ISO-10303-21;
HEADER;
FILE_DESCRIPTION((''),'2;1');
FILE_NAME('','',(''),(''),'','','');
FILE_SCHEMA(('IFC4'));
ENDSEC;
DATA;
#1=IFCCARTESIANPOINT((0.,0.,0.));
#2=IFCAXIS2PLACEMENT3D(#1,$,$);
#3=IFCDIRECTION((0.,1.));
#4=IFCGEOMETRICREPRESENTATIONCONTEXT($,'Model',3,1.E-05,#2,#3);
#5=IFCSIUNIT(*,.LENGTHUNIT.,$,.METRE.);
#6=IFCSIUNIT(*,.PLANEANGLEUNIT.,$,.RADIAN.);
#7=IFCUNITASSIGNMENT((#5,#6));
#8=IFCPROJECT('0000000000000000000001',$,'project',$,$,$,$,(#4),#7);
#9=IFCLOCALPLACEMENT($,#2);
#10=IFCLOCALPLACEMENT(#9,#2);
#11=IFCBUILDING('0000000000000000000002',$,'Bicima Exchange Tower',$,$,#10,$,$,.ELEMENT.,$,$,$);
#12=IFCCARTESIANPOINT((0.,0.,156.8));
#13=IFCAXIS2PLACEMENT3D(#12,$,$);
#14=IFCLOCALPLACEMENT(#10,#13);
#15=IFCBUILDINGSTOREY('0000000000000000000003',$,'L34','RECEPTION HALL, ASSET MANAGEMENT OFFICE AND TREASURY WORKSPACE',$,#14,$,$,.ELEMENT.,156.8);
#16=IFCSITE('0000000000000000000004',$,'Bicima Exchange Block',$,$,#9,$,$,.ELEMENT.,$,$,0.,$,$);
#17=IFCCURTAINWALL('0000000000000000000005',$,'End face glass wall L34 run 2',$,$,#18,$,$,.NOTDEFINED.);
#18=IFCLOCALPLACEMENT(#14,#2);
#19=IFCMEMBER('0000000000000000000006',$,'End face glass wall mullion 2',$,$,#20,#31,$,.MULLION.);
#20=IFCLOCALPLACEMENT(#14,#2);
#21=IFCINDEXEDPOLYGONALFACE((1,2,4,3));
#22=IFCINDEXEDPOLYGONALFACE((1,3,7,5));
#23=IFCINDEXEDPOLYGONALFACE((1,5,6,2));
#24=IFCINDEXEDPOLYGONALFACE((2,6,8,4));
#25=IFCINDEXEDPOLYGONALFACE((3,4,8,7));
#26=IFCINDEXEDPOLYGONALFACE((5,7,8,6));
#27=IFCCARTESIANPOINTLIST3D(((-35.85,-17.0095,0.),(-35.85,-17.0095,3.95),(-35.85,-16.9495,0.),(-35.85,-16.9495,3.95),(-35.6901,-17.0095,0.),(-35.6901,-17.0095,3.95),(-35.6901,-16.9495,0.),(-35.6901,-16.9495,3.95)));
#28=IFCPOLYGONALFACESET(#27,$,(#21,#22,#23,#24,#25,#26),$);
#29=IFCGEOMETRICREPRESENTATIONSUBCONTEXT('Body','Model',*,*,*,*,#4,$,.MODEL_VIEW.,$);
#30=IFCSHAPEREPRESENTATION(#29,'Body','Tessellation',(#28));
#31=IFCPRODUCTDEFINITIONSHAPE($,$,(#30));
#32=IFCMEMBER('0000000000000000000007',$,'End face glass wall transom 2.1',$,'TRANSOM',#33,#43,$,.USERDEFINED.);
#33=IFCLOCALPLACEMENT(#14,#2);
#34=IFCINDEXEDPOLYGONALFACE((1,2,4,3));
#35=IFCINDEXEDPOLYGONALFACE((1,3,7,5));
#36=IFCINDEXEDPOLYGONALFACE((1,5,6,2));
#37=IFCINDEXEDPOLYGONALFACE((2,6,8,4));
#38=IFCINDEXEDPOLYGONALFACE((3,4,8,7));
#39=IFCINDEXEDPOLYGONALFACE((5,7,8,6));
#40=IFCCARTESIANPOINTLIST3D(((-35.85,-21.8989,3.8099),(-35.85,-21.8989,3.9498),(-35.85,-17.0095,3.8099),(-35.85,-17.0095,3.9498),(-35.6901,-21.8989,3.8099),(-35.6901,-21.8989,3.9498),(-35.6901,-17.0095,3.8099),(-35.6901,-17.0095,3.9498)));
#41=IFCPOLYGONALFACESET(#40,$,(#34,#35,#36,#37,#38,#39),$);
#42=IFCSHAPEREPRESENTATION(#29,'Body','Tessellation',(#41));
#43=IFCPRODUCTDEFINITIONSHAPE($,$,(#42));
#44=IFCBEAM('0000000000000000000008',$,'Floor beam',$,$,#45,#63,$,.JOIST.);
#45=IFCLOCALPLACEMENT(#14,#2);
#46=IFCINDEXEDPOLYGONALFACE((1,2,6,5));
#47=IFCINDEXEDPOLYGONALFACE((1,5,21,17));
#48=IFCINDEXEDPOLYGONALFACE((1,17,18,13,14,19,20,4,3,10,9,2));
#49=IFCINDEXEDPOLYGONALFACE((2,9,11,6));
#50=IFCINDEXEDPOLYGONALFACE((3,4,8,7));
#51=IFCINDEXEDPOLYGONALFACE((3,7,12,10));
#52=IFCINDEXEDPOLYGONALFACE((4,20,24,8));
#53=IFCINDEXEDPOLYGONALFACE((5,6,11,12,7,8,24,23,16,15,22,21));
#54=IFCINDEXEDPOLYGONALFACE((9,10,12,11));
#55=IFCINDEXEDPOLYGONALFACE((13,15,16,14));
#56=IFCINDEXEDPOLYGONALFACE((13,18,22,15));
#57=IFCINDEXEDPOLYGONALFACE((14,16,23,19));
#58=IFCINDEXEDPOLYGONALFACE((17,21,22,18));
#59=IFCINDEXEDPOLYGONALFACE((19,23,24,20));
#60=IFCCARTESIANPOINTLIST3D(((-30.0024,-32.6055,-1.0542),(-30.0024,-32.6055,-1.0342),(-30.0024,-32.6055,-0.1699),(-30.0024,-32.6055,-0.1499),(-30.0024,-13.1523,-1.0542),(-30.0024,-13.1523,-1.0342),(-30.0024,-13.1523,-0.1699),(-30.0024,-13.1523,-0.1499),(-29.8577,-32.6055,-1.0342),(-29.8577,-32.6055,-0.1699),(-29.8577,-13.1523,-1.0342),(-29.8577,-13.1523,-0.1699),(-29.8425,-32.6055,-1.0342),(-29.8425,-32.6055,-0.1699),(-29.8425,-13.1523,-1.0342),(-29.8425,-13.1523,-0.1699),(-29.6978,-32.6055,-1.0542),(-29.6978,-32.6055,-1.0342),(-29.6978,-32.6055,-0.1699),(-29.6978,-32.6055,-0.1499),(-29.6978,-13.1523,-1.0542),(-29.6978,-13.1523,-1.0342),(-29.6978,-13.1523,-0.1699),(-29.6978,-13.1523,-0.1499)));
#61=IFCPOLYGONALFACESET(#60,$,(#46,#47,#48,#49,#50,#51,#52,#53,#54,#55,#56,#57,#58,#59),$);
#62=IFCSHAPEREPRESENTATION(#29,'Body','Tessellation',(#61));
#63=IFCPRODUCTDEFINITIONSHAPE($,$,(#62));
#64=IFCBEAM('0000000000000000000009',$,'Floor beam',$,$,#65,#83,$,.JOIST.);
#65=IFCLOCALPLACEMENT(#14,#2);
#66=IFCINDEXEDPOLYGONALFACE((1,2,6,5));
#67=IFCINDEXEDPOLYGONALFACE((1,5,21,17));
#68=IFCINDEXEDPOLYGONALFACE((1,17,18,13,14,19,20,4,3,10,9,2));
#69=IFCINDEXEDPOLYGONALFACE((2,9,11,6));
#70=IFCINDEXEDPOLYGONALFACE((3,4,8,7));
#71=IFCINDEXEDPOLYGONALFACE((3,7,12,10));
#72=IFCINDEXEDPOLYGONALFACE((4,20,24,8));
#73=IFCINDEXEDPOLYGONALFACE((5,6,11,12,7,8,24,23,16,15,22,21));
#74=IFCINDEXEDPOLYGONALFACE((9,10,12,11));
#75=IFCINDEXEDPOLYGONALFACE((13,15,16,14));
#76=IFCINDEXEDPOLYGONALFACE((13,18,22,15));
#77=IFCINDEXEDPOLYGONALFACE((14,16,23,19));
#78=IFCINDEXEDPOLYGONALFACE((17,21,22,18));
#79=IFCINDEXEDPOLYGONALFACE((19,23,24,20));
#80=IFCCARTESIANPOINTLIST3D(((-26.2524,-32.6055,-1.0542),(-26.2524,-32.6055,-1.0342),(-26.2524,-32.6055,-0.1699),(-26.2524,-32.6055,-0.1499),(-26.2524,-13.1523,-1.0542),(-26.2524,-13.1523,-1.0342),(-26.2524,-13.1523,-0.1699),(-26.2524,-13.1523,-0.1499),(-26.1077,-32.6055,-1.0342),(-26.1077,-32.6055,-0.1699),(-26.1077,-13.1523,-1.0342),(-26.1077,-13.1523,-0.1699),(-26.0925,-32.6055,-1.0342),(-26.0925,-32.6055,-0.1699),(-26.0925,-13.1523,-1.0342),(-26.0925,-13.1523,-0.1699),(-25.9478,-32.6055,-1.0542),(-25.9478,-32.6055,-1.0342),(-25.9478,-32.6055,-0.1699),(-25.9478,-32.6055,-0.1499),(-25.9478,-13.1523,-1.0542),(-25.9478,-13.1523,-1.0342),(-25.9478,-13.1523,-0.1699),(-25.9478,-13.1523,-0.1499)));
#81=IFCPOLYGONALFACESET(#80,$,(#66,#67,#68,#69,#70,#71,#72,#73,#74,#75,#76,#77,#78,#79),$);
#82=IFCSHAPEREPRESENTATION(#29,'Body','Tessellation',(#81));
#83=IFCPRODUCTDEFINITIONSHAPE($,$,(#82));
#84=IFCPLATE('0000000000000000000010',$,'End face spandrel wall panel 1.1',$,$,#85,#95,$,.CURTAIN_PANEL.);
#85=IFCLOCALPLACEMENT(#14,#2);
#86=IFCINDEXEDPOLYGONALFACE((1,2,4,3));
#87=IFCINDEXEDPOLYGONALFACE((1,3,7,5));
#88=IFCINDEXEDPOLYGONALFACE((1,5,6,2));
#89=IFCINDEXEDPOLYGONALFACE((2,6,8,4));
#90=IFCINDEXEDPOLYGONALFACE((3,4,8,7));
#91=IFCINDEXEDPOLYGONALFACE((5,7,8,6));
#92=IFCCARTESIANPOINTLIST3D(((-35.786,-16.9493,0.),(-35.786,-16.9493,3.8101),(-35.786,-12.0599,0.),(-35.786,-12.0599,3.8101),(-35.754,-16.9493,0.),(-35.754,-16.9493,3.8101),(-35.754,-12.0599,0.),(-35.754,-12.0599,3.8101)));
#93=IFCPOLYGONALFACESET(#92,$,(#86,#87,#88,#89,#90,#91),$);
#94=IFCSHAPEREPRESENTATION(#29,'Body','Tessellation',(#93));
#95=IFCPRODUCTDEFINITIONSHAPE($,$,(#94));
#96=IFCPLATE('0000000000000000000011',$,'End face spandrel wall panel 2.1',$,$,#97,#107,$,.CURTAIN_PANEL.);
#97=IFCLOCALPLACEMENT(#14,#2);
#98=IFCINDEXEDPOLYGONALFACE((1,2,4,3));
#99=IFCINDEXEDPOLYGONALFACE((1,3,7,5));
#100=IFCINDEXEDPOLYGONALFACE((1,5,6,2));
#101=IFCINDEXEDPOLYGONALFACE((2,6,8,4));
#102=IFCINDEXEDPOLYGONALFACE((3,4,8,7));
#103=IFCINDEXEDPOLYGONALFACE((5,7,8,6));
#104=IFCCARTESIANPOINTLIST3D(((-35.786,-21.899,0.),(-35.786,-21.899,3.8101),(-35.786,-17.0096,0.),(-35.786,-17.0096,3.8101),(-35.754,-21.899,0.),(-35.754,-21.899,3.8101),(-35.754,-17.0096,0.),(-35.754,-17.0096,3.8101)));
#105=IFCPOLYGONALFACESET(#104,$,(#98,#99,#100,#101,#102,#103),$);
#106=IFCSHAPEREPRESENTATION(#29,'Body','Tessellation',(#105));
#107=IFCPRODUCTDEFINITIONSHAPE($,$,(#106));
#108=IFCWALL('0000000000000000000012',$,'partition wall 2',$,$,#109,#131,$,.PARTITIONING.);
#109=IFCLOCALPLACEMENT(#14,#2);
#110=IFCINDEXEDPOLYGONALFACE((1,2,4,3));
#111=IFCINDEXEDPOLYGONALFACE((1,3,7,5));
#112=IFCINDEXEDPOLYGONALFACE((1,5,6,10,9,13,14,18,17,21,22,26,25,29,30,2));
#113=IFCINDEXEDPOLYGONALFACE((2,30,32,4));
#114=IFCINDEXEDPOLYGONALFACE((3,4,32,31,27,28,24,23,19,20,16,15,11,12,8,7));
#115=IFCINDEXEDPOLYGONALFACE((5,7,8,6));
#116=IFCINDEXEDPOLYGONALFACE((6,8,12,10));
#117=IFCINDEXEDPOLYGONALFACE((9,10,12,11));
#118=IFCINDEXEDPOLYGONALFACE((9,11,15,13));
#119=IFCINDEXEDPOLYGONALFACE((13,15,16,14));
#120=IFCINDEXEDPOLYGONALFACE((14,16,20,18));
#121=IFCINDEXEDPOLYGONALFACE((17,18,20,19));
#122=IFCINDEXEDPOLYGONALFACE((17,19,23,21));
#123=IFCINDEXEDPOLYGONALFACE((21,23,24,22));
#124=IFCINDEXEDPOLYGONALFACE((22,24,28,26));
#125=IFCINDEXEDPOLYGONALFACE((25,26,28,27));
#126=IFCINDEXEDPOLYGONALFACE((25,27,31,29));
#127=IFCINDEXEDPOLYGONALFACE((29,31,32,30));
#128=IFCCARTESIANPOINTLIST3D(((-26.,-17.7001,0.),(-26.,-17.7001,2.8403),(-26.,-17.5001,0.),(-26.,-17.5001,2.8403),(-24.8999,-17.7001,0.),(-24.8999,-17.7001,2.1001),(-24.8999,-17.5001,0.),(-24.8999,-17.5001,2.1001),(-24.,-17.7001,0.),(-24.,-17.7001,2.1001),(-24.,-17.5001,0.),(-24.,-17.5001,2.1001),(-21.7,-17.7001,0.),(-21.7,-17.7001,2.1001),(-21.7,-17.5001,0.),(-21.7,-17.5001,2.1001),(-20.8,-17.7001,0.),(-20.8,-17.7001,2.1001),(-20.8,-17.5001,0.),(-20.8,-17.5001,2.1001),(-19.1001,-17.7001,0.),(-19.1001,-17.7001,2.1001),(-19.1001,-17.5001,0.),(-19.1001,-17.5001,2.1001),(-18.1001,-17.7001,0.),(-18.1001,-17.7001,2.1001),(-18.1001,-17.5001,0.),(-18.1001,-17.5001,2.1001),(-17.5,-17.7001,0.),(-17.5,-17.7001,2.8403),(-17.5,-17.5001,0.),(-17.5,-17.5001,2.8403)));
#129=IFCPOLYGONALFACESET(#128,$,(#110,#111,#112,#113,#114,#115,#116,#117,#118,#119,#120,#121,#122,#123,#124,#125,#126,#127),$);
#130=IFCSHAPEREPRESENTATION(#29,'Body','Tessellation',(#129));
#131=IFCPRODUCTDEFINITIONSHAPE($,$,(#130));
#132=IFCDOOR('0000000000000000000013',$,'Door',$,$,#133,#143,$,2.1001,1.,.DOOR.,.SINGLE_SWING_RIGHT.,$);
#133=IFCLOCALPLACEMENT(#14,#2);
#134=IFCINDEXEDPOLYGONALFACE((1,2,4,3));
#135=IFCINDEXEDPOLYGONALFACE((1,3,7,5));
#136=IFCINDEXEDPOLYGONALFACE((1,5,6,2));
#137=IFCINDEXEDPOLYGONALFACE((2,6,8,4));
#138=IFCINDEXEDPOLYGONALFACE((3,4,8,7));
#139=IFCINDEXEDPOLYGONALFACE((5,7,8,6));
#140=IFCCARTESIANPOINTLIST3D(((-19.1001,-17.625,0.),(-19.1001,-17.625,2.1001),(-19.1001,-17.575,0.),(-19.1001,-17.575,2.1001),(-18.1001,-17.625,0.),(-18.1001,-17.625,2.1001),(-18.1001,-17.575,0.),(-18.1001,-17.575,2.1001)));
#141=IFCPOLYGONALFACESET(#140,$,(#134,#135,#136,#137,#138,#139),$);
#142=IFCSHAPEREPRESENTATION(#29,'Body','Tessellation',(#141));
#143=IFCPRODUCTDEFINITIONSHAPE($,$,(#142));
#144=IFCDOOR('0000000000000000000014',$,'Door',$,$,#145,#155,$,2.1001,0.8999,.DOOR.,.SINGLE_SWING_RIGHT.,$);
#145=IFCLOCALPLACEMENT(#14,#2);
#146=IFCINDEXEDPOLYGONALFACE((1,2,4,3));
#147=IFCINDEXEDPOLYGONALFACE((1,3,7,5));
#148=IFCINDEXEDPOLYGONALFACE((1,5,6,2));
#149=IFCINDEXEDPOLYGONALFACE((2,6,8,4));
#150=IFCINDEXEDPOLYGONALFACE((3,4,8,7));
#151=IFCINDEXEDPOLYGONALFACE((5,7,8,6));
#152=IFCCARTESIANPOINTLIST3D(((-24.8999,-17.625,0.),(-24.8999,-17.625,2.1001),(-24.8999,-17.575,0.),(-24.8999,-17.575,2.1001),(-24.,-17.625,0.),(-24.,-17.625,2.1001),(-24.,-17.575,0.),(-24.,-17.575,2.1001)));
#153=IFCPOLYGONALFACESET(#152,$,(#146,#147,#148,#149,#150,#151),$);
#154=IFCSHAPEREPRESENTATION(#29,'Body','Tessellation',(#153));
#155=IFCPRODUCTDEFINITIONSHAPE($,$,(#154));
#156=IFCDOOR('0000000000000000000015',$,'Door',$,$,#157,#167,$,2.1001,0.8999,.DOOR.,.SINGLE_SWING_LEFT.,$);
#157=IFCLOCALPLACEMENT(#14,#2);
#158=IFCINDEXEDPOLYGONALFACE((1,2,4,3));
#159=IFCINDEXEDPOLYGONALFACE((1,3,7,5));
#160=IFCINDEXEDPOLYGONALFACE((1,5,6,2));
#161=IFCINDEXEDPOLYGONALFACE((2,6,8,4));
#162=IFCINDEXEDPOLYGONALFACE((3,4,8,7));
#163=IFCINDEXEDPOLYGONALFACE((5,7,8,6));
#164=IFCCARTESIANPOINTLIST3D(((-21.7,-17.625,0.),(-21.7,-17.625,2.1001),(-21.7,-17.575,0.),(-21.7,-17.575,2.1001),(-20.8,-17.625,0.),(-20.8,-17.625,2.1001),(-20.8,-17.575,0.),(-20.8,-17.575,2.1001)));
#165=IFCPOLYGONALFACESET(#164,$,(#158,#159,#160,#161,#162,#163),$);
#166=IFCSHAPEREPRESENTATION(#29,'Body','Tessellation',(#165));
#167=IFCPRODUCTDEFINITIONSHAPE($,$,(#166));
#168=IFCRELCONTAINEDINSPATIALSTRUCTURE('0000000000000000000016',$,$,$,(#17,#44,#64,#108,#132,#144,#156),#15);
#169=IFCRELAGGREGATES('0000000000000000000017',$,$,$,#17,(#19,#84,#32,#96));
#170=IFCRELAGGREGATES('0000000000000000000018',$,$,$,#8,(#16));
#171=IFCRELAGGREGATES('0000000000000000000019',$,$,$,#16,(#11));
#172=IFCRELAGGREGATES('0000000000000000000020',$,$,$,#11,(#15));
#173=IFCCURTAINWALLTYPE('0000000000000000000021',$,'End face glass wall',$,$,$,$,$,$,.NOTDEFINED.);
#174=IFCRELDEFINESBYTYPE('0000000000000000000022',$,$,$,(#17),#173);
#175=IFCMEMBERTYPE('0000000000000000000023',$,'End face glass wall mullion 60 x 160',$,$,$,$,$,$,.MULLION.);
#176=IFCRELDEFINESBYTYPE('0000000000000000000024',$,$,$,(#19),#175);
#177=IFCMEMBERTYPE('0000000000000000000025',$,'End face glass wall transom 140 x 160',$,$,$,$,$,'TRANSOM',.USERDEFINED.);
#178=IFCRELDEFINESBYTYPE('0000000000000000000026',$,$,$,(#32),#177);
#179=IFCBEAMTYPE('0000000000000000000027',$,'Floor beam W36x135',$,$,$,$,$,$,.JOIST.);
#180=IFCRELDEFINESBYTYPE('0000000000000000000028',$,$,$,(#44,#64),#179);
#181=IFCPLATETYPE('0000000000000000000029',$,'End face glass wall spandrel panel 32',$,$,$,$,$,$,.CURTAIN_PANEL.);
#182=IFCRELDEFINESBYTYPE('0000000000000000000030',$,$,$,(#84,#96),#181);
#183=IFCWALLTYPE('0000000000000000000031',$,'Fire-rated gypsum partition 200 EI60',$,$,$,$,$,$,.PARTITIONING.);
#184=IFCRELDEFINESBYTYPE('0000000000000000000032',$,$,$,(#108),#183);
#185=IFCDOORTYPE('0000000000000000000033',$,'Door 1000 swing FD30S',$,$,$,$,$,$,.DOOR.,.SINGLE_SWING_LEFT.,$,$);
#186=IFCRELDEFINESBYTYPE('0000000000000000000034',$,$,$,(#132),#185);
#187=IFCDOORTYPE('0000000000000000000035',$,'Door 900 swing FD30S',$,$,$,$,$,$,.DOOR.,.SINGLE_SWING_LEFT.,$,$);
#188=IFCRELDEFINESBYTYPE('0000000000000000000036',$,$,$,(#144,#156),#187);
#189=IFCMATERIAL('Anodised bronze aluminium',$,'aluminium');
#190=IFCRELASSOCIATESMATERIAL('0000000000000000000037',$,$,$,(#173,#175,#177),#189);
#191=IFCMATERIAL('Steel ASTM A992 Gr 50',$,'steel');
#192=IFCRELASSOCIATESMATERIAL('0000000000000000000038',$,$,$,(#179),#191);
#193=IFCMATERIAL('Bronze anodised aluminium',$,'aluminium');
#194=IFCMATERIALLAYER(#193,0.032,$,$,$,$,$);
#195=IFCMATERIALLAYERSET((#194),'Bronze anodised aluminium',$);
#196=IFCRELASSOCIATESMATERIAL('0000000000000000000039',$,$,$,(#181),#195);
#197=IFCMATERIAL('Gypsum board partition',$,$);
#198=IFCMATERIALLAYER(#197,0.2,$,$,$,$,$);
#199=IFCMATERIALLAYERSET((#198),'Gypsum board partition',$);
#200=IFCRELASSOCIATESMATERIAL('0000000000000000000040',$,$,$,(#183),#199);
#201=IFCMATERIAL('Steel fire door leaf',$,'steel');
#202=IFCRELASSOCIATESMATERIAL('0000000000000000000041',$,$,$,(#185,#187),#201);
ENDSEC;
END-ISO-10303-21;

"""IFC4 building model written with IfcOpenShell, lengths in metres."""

from ifc_helpers import new_model, si_unit, direction, frame, frame_2d, origin, origin_2d, place, context, subcontext, project, spatial, rectangle, i_section, extrude, material, layer, layer_set, material_profile, profile_set, type_object, element, fill, aggregate, save


model = new_model("IFC4")

# Units and contexts
model_context = context("Model", 3, precision=1e-05, world=origin(), true_north=direction((0.0, 1.0)))
body_context = subcontext(model_context, "Body", "Model", "MODEL_VIEW")
ifc_project = project(units=[si_unit("LENGTHUNIT", "METRE"), si_unit("PLANEANGLEUNIT", "RADIAN")], contexts=[model_context])

# Site, building, storey
site_placement = place(None, origin())
site = spatial("IfcSite", under=ifc_project, at=site_placement, Name="Bicima Exchange Block", CompositionType="ELEMENT", RefElevation=0.0)
building_placement = place(site_placement, origin())
building = spatial("IfcBuilding", under=site, at=building_placement, Name="Bicima Exchange Tower", CompositionType="ELEMENT")
storey_placement = place(building_placement, frame((0.0, 0.0, 156.8)))
storey = spatial("IfcBuildingStorey", under=building, at=storey_placement, Name="L34", Description="RECEPTION HALL, ASSET MANAGEMENT OFFICE AND TREASURY WORKSPACE", CompositionType="ELEMENT", Elevation=156.8)

# Curtain wall, members
ifc_material_1 = material(Name="Anodised bronze aluminium", Category="aluminium")
curtain_wall_type = type_object("IfcCurtainWallType", Name="End face glass wall", PredefinedType="NOTDEFINED", material=ifc_material_1)
curtain_wall_placement = place(storey_placement, origin())
curtain_wall = element("IfcCurtainWall", 1, at=curtain_wall_placement, inside=storey, type_object=curtain_wall_type, Name="End face glass wall L34 run 2", PredefinedType="NOTDEFINED")
ifc_material_profile_1 = material_profile(ifc_material_1, rectangle(XDim=0.1599, YDim=0.0601, at=origin_2d()))
ifc_profile_set_1 = profile_set([ifc_material_profile_1], Name="Anodised bronze aluminium")
member_type_1 = type_object("IfcMemberType", Name="End face glass wall mullion 60 x 160", PredefinedType="MULLION", material=ifc_profile_set_1)
member_1_placement = place(storey_placement, frame((-35.77, -16.9795, 0.0), z_axis=(0.0, 0.0, 1.0), x_axis=(1.0, 0.0, 0.0)))
member_1 = element("IfcMember", 2, at=member_1_placement, type_object=member_type_1, Name="End face glass wall mullion 2", PredefinedType="MULLION", context=body_context, shape_type="SweptSolid", body=[
    extrude(rectangle(XDim=0.1599, YDim=0.0601, at=origin_2d()), origin(), (0.0, 0.0, 1.0), 3.95),
])
ifc_material_profile_2 = material_profile(ifc_material_1, rectangle(XDim=0.1599, YDim=0.1399, at=origin_2d()))
ifc_profile_set_2 = profile_set([ifc_material_profile_2], Name="Anodised bronze aluminium")
member_type_2 = type_object("IfcMemberType", Name="End face glass wall transom 140 x 160", ElementType="TRANSOM", PredefinedType="USERDEFINED", material=ifc_profile_set_2)
member_2_placement = place(storey_placement, frame((-35.77, -17.0095, 3.8799), z_axis=(0.0, -1.0, 0.0), x_axis=(1.0, 0.0, 0.0)))
member_2 = element("IfcMember", 3, at=member_2_placement, type_object=member_type_2, Name="End face glass wall transom 2.1", ObjectType="TRANSOM", PredefinedType="USERDEFINED", context=body_context, shape_type="SweptSolid", body=[
    extrude(rectangle(XDim=0.1599, YDim=0.1399, at=origin_2d()), origin(), (0.0, 0.0, 1.0), 4.8894),
])

# Beams
ifc_material_2 = material(Name="Steel ASTM A992 Gr 50", Category="steel")
ifc_material_profile_3 = material_profile(ifc_material_2, i_section(OverallWidth=0.3047, OverallDepth=0.9043, WebThickness=0.0151, FlangeThickness=0.02, at=origin_2d()))
ifc_profile_set_3 = profile_set([ifc_material_profile_3], Name="Steel ASTM A992 Gr 50")
beam_type = type_object("IfcBeamType", Name="Floor beam W36x135", PredefinedType="JOIST", material=ifc_profile_set_3)
for number, where, z_axis, x_axis, name in (
    (4, (-29.8501, -13.1523, -0.6021), (0.0, -1.0, 0.0), (1.0, 0.0, 0.0), "Floor beam"),
    (5, (-26.1001, -13.1523, -0.6021), (0.0, -1.0, 0.0), (1.0, 0.0, 0.0), "Floor beam"),
):
    element("IfcBeam", number, at=place(storey_placement, frame(where, z_axis=z_axis, x_axis=x_axis)), inside=storey, type_object=beam_type, Name=name, PredefinedType="JOIST", context=body_context, shape_type="SweptSolid", body=[
        extrude(i_section(OverallWidth=0.3047, OverallDepth=0.9043, WebThickness=0.0151, FlangeThickness=0.02, at=origin_2d()), origin(), (0.0, 0.0, 1.0), 19.4531),
    ])

# Plates
ifc_material_3 = material(Name="Bronze anodised aluminium", Category="aluminium")
ifc_layer_1 = layer(ifc_material_3, 0.032)
ifc_layer_set_1 = layer_set([ifc_layer_1], Name="Bronze anodised aluminium")
plate_type = type_object("IfcPlateType", Name="End face glass wall spandrel panel 32", PredefinedType="CURTAIN_PANEL", material=ifc_layer_set_1)
plate_1_placement = place(storey_placement, frame((-35.77, -14.5046, 0.0), z_axis=(0.0, 0.0, 1.0), x_axis=(0.0, -1.0, 0.0)))
plate_1 = element("IfcPlate", 6, at=plate_1_placement, type_object=plate_type, Name="End face spandrel wall panel 1.1", PredefinedType="CURTAIN_PANEL", context=body_context, shape_type="SweptSolid", body=[
    extrude(rectangle(XDim=4.8894, YDim=0.032, at=origin_2d()), origin(), (0.0, 0.0, 1.0), 3.8101),
])
plate_2_placement = place(storey_placement, frame((-35.77, -19.4543, 0.0), z_axis=(0.0, 0.0, 1.0), x_axis=(0.0, -1.0, 0.0)))
plate_2 = element("IfcPlate", 7, at=plate_2_placement, type_object=plate_type, Name="End face spandrel wall panel 2.1", PredefinedType="CURTAIN_PANEL", context=body_context, shape_type="SweptSolid", body=[
    extrude(rectangle(XDim=4.8894, YDim=0.032, at=origin_2d()), origin(), (0.0, 0.0, 1.0), 3.8101),
])
aggregate(curtain_wall, [member_1, plate_1, member_2, plate_2])

# Wall, openings, doors
ifc_material_4 = material(Name="Gypsum board partition")
ifc_layer_2 = layer(ifc_material_4, 0.2)
ifc_layer_set_2 = layer_set([ifc_layer_2], Name="Gypsum board partition")
wall_type_1 = type_object("IfcWallType", Name="Fire-rated gypsum partition 200 EI60", PredefinedType="PARTITIONING", material=ifc_layer_set_2)
wall_1_placement = place(storey_placement, frame((-26.0, -17.6001, 0.0), z_axis=(0.0, 0.0, 1.0), x_axis=(1.0, 0.0, 0.0)))
wall_1 = element("IfcWall", 8, at=wall_1_placement, inside=storey, type_object=wall_type_1, Name="partition wall 2", PredefinedType="PARTITIONING", context=body_context, shape_type="SweptSolid", body=[
    extrude(rectangle(XDim=8.5, YDim=0.2, at=frame_2d((4.25, 0.0))), origin(), (0.0, 0.0, 1.0), 2.8403),
])
opening_1_placement = place(wall_1_placement, frame((1.1001, 0.0, 0.0)))
opening_1 = element("IfcOpeningElement", 9, at=opening_1_placement, cuts=wall_1, PredefinedType="OPENING", context=body_context, shape_type="SweptSolid", body=[
    extrude(rectangle(XDim=0.8999, YDim=2.1001, at=frame_2d((0.45, 1.05))), frame((0.0, 0.1118, 0.0), z_axis=(0.0, -1.0, 0.0), x_axis=(1.0, 0.0, 0.0)), (0.0, 0.0, 1.0), 0.2239),
])
opening_2_placement = place(wall_1_placement, frame((4.3, 0.0, 0.0)))
opening_2 = element("IfcOpeningElement", 10, at=opening_2_placement, cuts=wall_1, PredefinedType="OPENING", context=body_context, shape_type="SweptSolid", body=[
    extrude(rectangle(XDim=0.8999, YDim=2.1001, at=frame_2d((0.45, 1.05))), frame((0.0, 0.1118, 0.0), z_axis=(0.0, -1.0, 0.0), x_axis=(1.0, 0.0, 0.0)), (0.0, 0.0, 1.0), 0.2239),
])
opening_3_placement = place(wall_1_placement, frame((6.8999, 0.0, 0.0)))
opening_3 = element("IfcOpeningElement", 11, at=opening_3_placement, cuts=wall_1, PredefinedType="OPENING", context=body_context, shape_type="SweptSolid", body=[
    extrude(rectangle(XDim=1.0, YDim=2.1001, at=frame_2d((0.5, 1.05))), frame((0.0, 0.1118, 0.0), z_axis=(0.0, -1.0, 0.0), x_axis=(1.0, 0.0, 0.0)), (0.0, 0.0, 1.0), 0.2239),
])
ifc_material_5 = material(Name="Steel fire door leaf", Category="steel")
door_type_1 = type_object("IfcDoorType", Name="Door 1000 swing FD30S", OperationType="SINGLE_SWING_LEFT", PredefinedType="DOOR", material=ifc_material_5)
door_1_placement = place(opening_3_placement, frame((1.0, 0.0, 0.0), z_axis=(0.0, 0.0, 1.0), x_axis=(-1.0, 0.0, 0.0)))
door_1 = element("IfcDoor", 12, at=door_1_placement, inside=storey, type_object=door_type_1, Name="Door", OperationType="SINGLE_SWING_RIGHT", OverallHeight=2.1001, OverallWidth=1.0, PredefinedType="DOOR", context=body_context, shape_type="SweptSolid", body=[
    extrude(rectangle(XDim=1.0, YDim=2.1001, at=frame_2d((0.5, 1.05))), frame((0.0, 0.0249, 0.0), z_axis=(0.0, -1.0, 0.0), x_axis=(1.0, 0.0, 0.0)), (0.0, 0.0, 1.0), 0.05),
])
fill(opening_3, door_1)
door_type_2 = type_object("IfcDoorType", Name="Door 900 swing FD30S", OperationType="SINGLE_SWING_LEFT", PredefinedType="DOOR", material=ifc_material_5)
door_2_placement = place(opening_1_placement, frame((0.8999, 0.0, 0.0), z_axis=(0.0, 0.0, 1.0), x_axis=(-1.0, 0.0, 0.0)))
door_2 = element("IfcDoor", 13, at=door_2_placement, inside=storey, type_object=door_type_2, Name="Door", OperationType="SINGLE_SWING_RIGHT", OverallHeight=2.1001, OverallWidth=0.8999, PredefinedType="DOOR", context=body_context, shape_type="SweptSolid", body=[
    extrude(rectangle(XDim=0.8999, YDim=2.1001, at=frame_2d((0.45, 1.05))), frame((0.0, 0.0249, 0.0), z_axis=(0.0, -1.0, 0.0), x_axis=(1.0, 0.0, 0.0)), (0.0, 0.0, 1.0), 0.05),
])
fill(opening_1, door_2)
door_3_placement = place(opening_2_placement, frame((0.8999, 0.0, 0.0), z_axis=(0.0, 0.0, 1.0), x_axis=(-1.0, 0.0, 0.0)))
door_3 = element("IfcDoor", 14, at=door_3_placement, inside=storey, type_object=door_type_2, Name="Door", OperationType="SINGLE_SWING_LEFT", OverallHeight=2.1001, OverallWidth=0.8999, PredefinedType="DOOR", context=body_context, shape_type="SweptSolid", body=[
    extrude(rectangle(XDim=0.8999, YDim=2.1001, at=frame_2d((0.45, 1.05))), frame((0.0, 0.0249, 0.0), z_axis=(0.0, -1.0, 0.0), x_axis=(1.0, 0.0, 0.0)), (0.0, 0.0, 1.0), 0.05),
])
fill(opening_2, door_3)

save(model, "model.ifc")
